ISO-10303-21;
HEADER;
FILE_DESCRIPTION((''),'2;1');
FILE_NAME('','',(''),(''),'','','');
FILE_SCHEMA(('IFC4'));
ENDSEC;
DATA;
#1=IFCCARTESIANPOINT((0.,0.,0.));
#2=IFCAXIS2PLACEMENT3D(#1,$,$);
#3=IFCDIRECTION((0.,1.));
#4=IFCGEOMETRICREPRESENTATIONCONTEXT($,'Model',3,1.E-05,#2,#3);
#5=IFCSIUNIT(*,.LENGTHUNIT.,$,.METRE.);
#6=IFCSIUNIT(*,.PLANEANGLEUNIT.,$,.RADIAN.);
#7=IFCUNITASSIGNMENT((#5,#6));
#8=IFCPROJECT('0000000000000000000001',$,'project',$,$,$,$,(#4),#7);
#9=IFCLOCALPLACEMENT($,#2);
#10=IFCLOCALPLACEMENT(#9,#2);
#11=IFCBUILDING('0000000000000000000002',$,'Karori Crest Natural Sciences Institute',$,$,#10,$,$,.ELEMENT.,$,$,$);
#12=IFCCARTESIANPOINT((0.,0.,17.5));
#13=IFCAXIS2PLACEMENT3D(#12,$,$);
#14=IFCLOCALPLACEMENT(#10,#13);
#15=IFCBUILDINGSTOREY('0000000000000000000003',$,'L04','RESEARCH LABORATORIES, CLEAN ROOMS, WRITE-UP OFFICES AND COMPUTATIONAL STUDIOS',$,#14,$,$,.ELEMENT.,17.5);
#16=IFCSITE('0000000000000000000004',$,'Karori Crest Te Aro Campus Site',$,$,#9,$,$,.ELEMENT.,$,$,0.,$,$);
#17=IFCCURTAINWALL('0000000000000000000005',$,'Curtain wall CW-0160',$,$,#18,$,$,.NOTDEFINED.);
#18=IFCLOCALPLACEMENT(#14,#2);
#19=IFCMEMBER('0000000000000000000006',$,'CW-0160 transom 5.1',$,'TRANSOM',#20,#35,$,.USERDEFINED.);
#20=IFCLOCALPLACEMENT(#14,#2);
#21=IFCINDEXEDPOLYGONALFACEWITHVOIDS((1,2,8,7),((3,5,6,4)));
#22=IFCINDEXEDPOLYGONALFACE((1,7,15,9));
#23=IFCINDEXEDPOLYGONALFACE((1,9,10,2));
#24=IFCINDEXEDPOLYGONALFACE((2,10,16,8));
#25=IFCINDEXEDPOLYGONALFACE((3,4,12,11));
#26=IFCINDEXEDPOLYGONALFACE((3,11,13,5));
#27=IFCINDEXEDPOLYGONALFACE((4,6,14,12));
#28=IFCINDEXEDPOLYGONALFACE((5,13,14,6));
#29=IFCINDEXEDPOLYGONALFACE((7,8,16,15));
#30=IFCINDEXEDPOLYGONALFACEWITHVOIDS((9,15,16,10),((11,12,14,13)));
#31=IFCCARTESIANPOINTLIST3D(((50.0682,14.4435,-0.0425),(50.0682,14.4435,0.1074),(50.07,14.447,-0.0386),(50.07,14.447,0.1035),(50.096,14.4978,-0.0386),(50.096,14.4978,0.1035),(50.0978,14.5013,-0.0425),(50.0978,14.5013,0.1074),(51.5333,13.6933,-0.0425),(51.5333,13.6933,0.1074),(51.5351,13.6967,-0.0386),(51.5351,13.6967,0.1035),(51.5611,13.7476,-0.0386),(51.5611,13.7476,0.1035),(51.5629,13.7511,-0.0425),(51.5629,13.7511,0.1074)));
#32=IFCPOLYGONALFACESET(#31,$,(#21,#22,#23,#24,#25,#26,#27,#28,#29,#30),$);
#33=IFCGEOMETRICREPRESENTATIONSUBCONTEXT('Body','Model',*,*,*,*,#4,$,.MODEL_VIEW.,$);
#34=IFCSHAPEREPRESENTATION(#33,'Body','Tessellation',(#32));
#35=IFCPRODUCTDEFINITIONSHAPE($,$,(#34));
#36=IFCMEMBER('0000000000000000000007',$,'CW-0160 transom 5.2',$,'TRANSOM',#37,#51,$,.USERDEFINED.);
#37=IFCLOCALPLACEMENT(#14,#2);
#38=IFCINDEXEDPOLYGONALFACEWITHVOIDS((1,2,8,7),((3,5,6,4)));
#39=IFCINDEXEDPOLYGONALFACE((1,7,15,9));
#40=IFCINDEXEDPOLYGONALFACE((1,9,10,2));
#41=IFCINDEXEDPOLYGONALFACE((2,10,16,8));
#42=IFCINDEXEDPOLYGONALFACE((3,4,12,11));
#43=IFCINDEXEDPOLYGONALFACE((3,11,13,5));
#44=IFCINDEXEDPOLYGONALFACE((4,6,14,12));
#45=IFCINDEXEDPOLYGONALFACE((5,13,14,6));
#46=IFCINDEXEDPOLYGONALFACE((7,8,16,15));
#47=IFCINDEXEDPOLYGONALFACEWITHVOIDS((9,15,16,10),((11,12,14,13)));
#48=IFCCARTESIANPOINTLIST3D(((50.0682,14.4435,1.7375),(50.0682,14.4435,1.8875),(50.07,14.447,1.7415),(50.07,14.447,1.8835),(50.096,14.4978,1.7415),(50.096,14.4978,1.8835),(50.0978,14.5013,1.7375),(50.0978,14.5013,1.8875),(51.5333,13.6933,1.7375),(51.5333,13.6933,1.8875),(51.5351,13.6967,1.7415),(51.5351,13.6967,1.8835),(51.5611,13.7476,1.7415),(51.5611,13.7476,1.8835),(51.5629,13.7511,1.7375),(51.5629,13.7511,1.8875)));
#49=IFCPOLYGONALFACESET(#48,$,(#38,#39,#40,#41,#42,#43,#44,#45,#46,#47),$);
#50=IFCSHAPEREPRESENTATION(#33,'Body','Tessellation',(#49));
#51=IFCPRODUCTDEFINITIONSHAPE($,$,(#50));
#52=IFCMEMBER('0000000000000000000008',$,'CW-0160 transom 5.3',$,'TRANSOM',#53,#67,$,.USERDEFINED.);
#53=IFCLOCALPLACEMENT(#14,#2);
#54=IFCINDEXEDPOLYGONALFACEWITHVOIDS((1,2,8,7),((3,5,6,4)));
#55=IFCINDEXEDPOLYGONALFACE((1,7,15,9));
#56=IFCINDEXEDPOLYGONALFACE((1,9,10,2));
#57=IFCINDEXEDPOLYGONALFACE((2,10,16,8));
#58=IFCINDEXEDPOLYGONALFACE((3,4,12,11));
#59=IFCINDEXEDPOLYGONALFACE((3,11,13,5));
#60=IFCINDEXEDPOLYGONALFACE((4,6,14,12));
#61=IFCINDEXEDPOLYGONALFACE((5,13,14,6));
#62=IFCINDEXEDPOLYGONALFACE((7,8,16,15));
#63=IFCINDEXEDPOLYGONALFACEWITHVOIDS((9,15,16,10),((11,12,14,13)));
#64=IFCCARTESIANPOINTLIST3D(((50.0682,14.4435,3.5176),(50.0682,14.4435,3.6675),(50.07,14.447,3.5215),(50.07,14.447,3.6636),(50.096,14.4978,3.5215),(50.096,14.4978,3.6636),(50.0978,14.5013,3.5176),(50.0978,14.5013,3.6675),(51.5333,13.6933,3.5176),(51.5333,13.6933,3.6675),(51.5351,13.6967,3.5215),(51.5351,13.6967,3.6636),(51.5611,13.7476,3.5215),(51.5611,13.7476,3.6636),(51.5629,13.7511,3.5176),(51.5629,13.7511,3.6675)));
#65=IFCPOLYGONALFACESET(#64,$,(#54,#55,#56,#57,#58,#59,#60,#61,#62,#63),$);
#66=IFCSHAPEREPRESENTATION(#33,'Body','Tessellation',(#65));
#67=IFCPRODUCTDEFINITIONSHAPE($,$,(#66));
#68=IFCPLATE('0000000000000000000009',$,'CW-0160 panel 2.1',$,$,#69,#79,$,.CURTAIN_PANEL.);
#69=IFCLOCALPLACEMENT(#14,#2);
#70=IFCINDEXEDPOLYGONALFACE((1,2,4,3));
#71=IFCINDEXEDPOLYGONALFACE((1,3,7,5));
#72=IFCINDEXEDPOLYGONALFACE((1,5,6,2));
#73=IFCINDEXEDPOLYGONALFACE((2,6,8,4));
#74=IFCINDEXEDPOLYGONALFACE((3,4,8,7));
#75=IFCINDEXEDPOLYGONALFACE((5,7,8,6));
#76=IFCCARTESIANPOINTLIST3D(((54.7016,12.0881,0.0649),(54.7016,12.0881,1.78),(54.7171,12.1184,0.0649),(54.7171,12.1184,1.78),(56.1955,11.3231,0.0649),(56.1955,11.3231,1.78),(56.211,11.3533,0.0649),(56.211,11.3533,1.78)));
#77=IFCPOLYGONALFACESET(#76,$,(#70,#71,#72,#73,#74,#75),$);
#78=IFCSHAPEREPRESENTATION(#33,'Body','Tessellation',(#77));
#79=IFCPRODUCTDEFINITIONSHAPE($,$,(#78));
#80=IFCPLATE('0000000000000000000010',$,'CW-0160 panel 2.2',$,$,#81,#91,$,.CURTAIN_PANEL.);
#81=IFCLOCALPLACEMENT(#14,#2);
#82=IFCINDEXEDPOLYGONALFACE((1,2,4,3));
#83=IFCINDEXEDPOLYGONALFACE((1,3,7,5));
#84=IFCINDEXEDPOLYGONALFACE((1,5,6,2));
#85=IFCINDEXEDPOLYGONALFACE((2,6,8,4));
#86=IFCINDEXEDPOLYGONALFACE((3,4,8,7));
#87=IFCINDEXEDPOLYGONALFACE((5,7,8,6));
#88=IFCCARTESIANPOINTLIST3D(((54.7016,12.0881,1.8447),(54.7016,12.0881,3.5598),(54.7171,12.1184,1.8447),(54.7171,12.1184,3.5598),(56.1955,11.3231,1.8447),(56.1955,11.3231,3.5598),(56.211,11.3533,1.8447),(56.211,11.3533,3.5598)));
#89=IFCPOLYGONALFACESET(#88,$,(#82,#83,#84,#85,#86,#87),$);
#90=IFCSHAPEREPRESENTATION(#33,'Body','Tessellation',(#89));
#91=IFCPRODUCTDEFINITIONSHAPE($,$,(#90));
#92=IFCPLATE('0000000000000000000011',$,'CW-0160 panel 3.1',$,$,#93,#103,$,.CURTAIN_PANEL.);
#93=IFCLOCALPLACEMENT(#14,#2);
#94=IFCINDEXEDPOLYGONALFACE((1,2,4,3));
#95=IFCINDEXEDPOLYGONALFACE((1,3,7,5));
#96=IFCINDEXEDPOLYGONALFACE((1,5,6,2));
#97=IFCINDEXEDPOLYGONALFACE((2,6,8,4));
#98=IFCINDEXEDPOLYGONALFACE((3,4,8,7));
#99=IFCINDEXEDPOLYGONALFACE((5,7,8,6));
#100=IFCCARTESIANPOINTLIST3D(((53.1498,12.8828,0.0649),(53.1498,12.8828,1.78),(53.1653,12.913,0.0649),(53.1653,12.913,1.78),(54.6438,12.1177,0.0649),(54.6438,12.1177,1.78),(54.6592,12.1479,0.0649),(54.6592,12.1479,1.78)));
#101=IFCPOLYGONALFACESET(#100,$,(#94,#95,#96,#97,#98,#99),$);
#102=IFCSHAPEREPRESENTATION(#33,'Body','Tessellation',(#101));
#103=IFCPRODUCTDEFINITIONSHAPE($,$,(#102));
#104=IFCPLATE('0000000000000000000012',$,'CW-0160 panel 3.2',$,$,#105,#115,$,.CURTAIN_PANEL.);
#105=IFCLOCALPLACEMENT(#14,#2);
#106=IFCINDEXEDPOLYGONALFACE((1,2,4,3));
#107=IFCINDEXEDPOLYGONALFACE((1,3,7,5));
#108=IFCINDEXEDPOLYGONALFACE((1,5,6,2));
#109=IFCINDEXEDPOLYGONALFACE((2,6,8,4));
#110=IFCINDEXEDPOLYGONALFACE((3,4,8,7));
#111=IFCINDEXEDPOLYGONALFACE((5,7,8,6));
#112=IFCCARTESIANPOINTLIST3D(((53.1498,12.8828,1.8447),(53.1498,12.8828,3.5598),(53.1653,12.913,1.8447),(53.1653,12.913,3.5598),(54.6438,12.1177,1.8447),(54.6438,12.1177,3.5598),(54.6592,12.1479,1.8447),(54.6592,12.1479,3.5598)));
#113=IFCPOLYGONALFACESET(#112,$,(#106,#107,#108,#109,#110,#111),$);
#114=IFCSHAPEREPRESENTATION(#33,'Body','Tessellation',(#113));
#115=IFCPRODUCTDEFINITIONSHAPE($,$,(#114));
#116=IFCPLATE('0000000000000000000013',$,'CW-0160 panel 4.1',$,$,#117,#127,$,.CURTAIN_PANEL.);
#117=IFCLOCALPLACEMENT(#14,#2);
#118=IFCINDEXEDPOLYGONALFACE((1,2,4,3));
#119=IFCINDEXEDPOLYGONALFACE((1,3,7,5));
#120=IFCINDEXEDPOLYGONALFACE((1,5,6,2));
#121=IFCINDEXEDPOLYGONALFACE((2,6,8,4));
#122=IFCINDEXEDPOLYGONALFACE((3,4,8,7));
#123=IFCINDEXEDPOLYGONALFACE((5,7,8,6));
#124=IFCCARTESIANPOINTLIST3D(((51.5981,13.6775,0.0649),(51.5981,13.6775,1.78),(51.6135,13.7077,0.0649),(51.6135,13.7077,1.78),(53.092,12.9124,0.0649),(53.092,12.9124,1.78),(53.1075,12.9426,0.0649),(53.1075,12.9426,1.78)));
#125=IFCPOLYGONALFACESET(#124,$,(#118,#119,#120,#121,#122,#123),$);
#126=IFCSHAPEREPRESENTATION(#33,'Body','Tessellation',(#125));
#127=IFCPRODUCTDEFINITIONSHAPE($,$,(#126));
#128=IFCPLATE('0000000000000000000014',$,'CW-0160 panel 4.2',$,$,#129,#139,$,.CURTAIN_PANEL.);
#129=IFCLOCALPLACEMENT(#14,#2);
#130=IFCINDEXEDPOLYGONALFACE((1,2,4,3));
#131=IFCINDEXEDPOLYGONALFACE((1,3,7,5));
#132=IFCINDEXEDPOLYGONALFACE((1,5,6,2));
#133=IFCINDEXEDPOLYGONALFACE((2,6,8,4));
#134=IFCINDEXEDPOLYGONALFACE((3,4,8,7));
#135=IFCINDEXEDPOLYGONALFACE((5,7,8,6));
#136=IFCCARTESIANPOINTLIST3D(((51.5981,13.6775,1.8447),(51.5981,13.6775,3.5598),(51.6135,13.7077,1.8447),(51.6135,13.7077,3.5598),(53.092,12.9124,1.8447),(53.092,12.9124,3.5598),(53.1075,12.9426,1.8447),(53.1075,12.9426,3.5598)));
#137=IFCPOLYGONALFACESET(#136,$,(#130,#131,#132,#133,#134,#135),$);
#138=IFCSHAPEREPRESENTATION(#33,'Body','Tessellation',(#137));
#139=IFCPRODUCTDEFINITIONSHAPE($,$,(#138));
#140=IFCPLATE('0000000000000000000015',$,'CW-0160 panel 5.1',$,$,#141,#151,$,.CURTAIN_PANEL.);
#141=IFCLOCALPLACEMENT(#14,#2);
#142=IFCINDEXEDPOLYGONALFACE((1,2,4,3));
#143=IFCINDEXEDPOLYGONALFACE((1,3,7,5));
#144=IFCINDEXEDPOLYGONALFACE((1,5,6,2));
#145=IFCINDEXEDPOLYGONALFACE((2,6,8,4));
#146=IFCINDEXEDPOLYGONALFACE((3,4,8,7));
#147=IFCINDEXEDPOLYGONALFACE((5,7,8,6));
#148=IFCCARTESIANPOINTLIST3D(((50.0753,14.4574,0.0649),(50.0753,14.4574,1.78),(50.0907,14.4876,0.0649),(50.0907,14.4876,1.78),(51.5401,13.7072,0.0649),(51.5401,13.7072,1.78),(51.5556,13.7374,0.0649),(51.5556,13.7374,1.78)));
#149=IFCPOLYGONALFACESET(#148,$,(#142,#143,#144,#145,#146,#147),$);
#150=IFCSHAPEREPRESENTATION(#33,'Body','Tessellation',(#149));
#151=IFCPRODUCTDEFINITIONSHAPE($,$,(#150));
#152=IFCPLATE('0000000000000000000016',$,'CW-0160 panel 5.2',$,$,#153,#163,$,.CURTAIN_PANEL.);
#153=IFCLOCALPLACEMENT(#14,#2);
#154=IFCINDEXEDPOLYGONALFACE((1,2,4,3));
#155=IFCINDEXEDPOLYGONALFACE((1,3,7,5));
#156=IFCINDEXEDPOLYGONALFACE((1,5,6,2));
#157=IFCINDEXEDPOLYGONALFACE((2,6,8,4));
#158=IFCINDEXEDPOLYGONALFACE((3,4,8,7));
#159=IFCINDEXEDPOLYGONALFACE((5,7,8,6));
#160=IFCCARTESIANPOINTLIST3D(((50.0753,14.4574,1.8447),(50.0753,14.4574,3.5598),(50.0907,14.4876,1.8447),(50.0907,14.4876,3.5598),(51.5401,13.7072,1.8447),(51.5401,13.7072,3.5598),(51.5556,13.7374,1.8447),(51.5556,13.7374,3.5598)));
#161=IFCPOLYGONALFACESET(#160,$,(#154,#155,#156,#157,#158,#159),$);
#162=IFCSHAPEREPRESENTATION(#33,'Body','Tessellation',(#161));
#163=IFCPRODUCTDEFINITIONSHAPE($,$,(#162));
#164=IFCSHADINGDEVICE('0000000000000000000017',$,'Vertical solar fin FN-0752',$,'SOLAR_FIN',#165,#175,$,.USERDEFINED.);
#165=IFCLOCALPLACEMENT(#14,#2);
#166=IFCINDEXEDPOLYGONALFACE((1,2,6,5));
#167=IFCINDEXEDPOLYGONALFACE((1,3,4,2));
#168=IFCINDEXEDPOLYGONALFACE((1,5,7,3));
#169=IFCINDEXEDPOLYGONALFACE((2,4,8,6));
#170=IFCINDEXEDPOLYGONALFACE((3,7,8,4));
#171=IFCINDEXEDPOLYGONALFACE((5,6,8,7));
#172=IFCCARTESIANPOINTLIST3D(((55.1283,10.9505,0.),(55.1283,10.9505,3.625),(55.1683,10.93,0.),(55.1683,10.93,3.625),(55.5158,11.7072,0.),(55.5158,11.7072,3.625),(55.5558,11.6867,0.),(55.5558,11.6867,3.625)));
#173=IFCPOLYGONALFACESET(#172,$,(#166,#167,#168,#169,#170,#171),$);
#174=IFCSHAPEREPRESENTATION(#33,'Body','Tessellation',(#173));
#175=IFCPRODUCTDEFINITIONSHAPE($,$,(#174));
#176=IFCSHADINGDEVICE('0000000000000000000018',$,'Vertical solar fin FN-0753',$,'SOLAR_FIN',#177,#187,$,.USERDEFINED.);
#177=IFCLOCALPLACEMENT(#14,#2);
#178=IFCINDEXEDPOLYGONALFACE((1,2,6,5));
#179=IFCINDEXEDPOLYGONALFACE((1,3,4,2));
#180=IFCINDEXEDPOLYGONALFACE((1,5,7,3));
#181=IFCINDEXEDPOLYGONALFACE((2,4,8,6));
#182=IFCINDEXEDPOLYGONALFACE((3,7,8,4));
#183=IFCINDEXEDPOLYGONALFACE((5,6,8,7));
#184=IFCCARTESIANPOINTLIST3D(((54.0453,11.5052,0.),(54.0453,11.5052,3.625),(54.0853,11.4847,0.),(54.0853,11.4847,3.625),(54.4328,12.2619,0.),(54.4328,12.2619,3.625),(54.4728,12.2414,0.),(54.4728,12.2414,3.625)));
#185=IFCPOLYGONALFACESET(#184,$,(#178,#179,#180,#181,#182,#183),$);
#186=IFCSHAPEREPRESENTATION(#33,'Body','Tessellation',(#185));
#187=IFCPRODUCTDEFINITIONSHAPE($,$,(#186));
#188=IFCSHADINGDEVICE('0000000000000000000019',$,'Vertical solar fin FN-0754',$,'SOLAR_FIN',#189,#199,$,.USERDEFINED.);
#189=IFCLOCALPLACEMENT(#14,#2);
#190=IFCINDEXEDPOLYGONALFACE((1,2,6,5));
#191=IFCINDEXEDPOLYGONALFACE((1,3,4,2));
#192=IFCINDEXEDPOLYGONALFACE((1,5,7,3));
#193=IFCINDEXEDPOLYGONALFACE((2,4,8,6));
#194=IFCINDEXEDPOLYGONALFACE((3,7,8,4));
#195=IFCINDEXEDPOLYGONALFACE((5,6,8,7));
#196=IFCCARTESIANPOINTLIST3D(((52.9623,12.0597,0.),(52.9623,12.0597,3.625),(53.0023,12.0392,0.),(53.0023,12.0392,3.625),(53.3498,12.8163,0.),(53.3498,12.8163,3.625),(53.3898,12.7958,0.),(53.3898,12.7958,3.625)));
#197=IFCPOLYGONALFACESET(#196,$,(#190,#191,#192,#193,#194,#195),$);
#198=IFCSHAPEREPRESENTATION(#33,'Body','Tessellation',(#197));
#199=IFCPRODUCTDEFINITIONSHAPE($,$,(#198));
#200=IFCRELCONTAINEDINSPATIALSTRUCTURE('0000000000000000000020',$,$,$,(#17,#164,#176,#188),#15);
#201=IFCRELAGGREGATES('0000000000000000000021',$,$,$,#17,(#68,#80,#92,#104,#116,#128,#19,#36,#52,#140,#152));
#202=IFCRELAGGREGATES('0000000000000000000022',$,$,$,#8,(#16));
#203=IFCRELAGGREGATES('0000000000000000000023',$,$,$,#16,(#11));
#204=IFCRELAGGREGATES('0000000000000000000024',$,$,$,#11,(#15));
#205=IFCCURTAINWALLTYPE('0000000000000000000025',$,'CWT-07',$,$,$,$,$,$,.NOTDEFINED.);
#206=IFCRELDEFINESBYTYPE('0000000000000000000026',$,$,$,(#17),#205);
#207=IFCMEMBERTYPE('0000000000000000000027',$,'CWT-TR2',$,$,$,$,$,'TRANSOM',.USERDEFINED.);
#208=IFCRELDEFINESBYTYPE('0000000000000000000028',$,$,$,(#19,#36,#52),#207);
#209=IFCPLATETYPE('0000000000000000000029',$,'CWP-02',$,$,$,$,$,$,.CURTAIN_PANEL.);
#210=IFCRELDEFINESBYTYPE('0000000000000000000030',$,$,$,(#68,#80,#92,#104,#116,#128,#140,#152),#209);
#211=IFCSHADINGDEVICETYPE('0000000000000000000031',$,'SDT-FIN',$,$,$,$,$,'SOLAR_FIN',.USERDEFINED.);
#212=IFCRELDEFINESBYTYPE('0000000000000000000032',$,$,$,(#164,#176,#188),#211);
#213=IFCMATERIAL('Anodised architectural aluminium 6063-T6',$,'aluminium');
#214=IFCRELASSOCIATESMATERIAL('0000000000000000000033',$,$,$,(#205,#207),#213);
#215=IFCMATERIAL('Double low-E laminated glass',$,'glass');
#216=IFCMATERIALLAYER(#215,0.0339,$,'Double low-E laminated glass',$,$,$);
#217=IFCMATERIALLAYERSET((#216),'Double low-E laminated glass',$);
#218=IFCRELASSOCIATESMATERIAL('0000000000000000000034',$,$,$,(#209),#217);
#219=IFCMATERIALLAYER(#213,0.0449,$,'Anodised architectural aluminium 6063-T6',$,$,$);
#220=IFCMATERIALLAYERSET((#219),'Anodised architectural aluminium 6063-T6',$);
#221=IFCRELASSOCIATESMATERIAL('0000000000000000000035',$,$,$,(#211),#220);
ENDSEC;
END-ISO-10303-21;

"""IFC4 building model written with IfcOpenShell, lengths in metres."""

from ifc_helpers import new_model, si_unit, direction, frame, origin, origin_2d, place, context, subcontext, project, spatial, rectangle, hollow_rectangle, extrude, material, layer, layer_set, material_profile, profile_set, type_object, element, aggregate, save


model = new_model("IFC4")

# Units and contexts
model_context = context("Model", 3, precision=1e-05, world=origin(), true_north=direction((0.0, 1.0)))
body_context = subcontext(model_context, "Body", "Model", "MODEL_VIEW")
ifc_project = project(units=[si_unit("LENGTHUNIT", "METRE"), si_unit("PLANEANGLEUNIT", "RADIAN")], contexts=[model_context])

# Site, building, storey
site_placement = place(None, origin())
site = spatial("IfcSite", under=ifc_project, at=site_placement, Name="Karori Crest Te Aro Campus Site", CompositionType="ELEMENT", RefElevation=0.0)
building_placement = place(site_placement, origin())
building = spatial("IfcBuilding", under=site, at=building_placement, Name="Karori Crest Natural Sciences Institute", CompositionType="ELEMENT")
storey_placement = place(building_placement, frame((0.0, 0.0, 17.5)))
storey = spatial("IfcBuildingStorey", under=building, at=storey_placement, Name="L04", Description="RESEARCH LABORATORIES, CLEAN ROOMS, WRITE-UP OFFICES AND COMPUTATIONAL STUDIOS", CompositionType="ELEMENT", Elevation=17.5)

# Shared definitions
ifc_material_1 = material(Name="Anodised architectural aluminium 6063-T6", Category="aluminium")

# Curtain wall
curtain_wall_type_1 = type_object("IfcCurtainWallType", Name="CWT-07", PredefinedType="NOTDEFINED", material=ifc_material_1)
curtain_wall_1_placement = place(storey_placement, origin())
curtain_wall_1 = element("IfcCurtainWall", 1, at=curtain_wall_1_placement, inside=storey, type_object=curtain_wall_type_1, Name="Curtain wall CW-0160", PredefinedType="NOTDEFINED")

# Members
ifc_material_profile_1 = material_profile(ifc_material_1, hollow_rectangle(XDim=0.0649, YDim=0.1499, WallThickness=0.0039, at=origin_2d()), Name="CWT150x65x4")
ifc_profile_set_1 = profile_set([ifc_material_profile_1], Name="Anodised architectural aluminium 6063-T6")
member_type_1 = type_object("IfcMemberType", Name="CWT-TR2", ElementType="TRANSOM", PredefinedType="USERDEFINED", material=ifc_profile_set_1)
member_1_placement = place(storey_placement, frame((51.5481, 13.7222, 0.0325), z_axis=(-0.890084, 0.455796, 0.0), x_axis=(-0.455796, -0.890084, 0.0)))
member_1 = element("IfcMember", 2, at=member_1_placement, type_object=member_type_1, Name="CW-0160 transom 5.1", ObjectType="TRANSOM", PredefinedType="USERDEFINED", context=body_context, shape_type="SweptSolid", body=[
    extrude(hollow_rectangle(XDim=0.0649, YDim=0.1499, WallThickness=0.0039, at=origin_2d()), origin(), (0.0, 0.0, 1.0), 1.646),
])
member_2_placement = place(storey_placement, frame((51.5481, 13.7222, 1.8125), z_axis=(-0.890084, 0.455796, 0.0), x_axis=(-0.455796, -0.890084, 0.0)))
member_2 = element("IfcMember", 3, at=member_2_placement, type_object=member_type_1, Name="CW-0160 transom 5.2", ObjectType="TRANSOM", PredefinedType="USERDEFINED", context=body_context, shape_type="SweptSolid", body=[
    extrude(hollow_rectangle(XDim=0.0649, YDim=0.1499, WallThickness=0.0039, at=origin_2d()), origin(), (0.0, 0.0, 1.0), 1.646),
])
member_3_placement = place(storey_placement, frame((51.5481, 13.7222, 3.5925), z_axis=(-0.890084, 0.455796, 0.0), x_axis=(-0.455796, -0.890084, 0.0)))
member_3 = element("IfcMember", 4, at=member_3_placement, type_object=member_type_1, Name="CW-0160 transom 5.3", ObjectType="TRANSOM", PredefinedType="USERDEFINED", context=body_context, shape_type="SweptSolid", body=[
    extrude(hollow_rectangle(XDim=0.0649, YDim=0.1499, WallThickness=0.0039, at=origin_2d()), origin(), (0.0, 0.0, 1.0), 1.646),
])

# Plates
ifc_material_2 = material(Name="Double low-E laminated glass", Category="glass")
ifc_layer_1 = layer(ifc_material_2, 0.0339, Name="Double low-E laminated glass")
ifc_layer_set_1 = layer_set([ifc_layer_1], Name="Double low-E laminated glass")
plate_type = type_object("IfcPlateType", Name="CWP-02", PredefinedType="CURTAIN_PANEL", material=ifc_layer_set_1)
plate_1_placement = place(storey_placement, frame((55.4563, 11.7207, 0.0649), z_axis=(0.0, 0.0, 1.0), x_axis=(-0.890067, 0.455829, 0.0)))
plate_1 = element("IfcPlate", 5, at=plate_1_placement, type_object=plate_type, Name="CW-0160 panel 2.1", PredefinedType="CURTAIN_PANEL", context=body_context, shape_type="SweptSolid", body=[
    extrude(rectangle(XDim=1.6785, YDim=0.0339, at=origin_2d()), origin(), (0.0, 0.0, 1.0), 1.7151),
])
plate_2_placement = place(storey_placement, frame((55.4563, 11.7207, 1.8447), z_axis=(0.0, 0.0, 1.0), x_axis=(-0.890067, 0.455829, 0.0)))
plate_2 = element("IfcPlate", 6, at=plate_2_placement, type_object=plate_type, Name="CW-0160 panel 2.2", PredefinedType="CURTAIN_PANEL", context=body_context, shape_type="SweptSolid", body=[
    extrude(rectangle(XDim=1.6785, YDim=0.0339, at=origin_2d()), origin(), (0.0, 0.0, 1.0), 1.7151),
])
plate_3_placement = place(storey_placement, frame((53.9045, 12.5154, 0.0649), z_axis=(0.0, 0.0, 1.0), x_axis=(-0.890067, 0.455829, 0.0)))
plate_3 = element("IfcPlate", 7, at=plate_3_placement, type_object=plate_type, Name="CW-0160 panel 3.1", PredefinedType="CURTAIN_PANEL", context=body_context, shape_type="SweptSolid", body=[
    extrude(rectangle(XDim=1.6785, YDim=0.0339, at=origin_2d()), origin(), (0.0, 0.0, 1.0), 1.7151),
])
plate_4_placement = place(storey_placement, frame((53.9045, 12.5154, 1.8447), z_axis=(0.0, 0.0, 1.0), x_axis=(-0.890067, 0.455829, 0.0)))
plate_4 = element("IfcPlate", 8, at=plate_4_placement, type_object=plate_type, Name="CW-0160 panel 3.2", PredefinedType="CURTAIN_PANEL", context=body_context, shape_type="SweptSolid", body=[
    extrude(rectangle(XDim=1.6785, YDim=0.0339, at=origin_2d()), origin(), (0.0, 0.0, 1.0), 1.7151),
])
plate_5_placement = place(storey_placement, frame((52.3528, 13.3101, 0.0649), z_axis=(0.0, 0.0, 1.0), x_axis=(-0.890067, 0.455829, 0.0)))
plate_5 = element("IfcPlate", 9, at=plate_5_placement, type_object=plate_type, Name="CW-0160 panel 4.1", PredefinedType="CURTAIN_PANEL", context=body_context, shape_type="SweptSolid", body=[
    extrude(rectangle(XDim=1.6785, YDim=0.0339, at=origin_2d()), origin(), (0.0, 0.0, 1.0), 1.7151),
])
plate_6_placement = place(storey_placement, frame((52.3528, 13.3101, 1.8447), z_axis=(0.0, 0.0, 1.0), x_axis=(-0.890067, 0.455829, 0.0)))
plate_6 = element("IfcPlate", 10, at=plate_6_placement, type_object=plate_type, Name="CW-0160 panel 4.2", PredefinedType="CURTAIN_PANEL", context=body_context, shape_type="SweptSolid", body=[
    extrude(rectangle(XDim=1.6785, YDim=0.0339, at=origin_2d()), origin(), (0.0, 0.0, 1.0), 1.7151),
])
plate_7_placement = place(storey_placement, frame((50.8154, 14.0974, 0.0649), z_axis=(0.0, 0.0, 1.0), x_axis=(-0.890067, 0.455829, 0.0)))
plate_7 = element("IfcPlate", 11, at=plate_7_placement, type_object=plate_type, Name="CW-0160 panel 5.1", PredefinedType="CURTAIN_PANEL", context=body_context, shape_type="SweptSolid", body=[
    extrude(rectangle(XDim=1.6458, YDim=0.0339, at=origin_2d()), origin(), (0.0, 0.0, 1.0), 1.7151),
])
plate_8_placement = place(storey_placement, frame((50.8154, 14.0974, 1.8447), z_axis=(0.0, 0.0, 1.0), x_axis=(-0.890067, 0.455829, 0.0)))
plate_8 = element("IfcPlate", 12, at=plate_8_placement, type_object=plate_type, Name="CW-0160 panel 5.2", PredefinedType="CURTAIN_PANEL", context=body_context, shape_type="SweptSolid", body=[
    extrude(rectangle(XDim=1.6458, YDim=0.0339, at=origin_2d()), origin(), (0.0, 0.0, 1.0), 1.7151),
])
aggregate(curtain_wall_1, [plate_1, plate_2, plate_3, plate_4, plate_5, plate_6, member_1, member_2, member_3, plate_7, plate_8])

# Shading devices
ifc_layer_2 = layer(ifc_material_1, 0.0449, Name="Anodised architectural aluminium 6063-T6")
ifc_layer_set_2 = layer_set([ifc_layer_2], Name="Anodised architectural aluminium 6063-T6")
shading_device_type = type_object("IfcShadingDeviceType", Name="SDT-FIN", ElementType="SOLAR_FIN", PredefinedType="USERDEFINED", material=ifc_layer_set_2)
for number, where, z_axis, x_axis, name in (
    (13, (55.342, 11.3186, 0.0), (0.0, 0.0, 1.0), (-0.455829, -0.890067, 0.0), "Vertical solar fin FN-0752"),
    (14, (54.259, 11.8733, 0.0), (0.0, 0.0, 1.0), (-0.455829, -0.890067, 0.0), "Vertical solar fin FN-0753"),
    (15, (53.176, 12.4277, 0.0), (0.0, 0.0, 1.0), (-0.455829, -0.890067, 0.0), "Vertical solar fin FN-0754"),
):
    element("IfcShadingDevice", number, at=place(storey_placement, frame(where, z_axis=z_axis, x_axis=x_axis)), inside=storey, type_object=shading_device_type, Name=name, ObjectType="SOLAR_FIN", PredefinedType="USERDEFINED", context=body_context, shape_type="SweptSolid", body=[
        extrude(rectangle(XDim=0.8501, YDim=0.0449, at=origin_2d()), origin(), (0.0, 0.0, 1.0), 3.625),
    ])

save(model, "model.ifc")
